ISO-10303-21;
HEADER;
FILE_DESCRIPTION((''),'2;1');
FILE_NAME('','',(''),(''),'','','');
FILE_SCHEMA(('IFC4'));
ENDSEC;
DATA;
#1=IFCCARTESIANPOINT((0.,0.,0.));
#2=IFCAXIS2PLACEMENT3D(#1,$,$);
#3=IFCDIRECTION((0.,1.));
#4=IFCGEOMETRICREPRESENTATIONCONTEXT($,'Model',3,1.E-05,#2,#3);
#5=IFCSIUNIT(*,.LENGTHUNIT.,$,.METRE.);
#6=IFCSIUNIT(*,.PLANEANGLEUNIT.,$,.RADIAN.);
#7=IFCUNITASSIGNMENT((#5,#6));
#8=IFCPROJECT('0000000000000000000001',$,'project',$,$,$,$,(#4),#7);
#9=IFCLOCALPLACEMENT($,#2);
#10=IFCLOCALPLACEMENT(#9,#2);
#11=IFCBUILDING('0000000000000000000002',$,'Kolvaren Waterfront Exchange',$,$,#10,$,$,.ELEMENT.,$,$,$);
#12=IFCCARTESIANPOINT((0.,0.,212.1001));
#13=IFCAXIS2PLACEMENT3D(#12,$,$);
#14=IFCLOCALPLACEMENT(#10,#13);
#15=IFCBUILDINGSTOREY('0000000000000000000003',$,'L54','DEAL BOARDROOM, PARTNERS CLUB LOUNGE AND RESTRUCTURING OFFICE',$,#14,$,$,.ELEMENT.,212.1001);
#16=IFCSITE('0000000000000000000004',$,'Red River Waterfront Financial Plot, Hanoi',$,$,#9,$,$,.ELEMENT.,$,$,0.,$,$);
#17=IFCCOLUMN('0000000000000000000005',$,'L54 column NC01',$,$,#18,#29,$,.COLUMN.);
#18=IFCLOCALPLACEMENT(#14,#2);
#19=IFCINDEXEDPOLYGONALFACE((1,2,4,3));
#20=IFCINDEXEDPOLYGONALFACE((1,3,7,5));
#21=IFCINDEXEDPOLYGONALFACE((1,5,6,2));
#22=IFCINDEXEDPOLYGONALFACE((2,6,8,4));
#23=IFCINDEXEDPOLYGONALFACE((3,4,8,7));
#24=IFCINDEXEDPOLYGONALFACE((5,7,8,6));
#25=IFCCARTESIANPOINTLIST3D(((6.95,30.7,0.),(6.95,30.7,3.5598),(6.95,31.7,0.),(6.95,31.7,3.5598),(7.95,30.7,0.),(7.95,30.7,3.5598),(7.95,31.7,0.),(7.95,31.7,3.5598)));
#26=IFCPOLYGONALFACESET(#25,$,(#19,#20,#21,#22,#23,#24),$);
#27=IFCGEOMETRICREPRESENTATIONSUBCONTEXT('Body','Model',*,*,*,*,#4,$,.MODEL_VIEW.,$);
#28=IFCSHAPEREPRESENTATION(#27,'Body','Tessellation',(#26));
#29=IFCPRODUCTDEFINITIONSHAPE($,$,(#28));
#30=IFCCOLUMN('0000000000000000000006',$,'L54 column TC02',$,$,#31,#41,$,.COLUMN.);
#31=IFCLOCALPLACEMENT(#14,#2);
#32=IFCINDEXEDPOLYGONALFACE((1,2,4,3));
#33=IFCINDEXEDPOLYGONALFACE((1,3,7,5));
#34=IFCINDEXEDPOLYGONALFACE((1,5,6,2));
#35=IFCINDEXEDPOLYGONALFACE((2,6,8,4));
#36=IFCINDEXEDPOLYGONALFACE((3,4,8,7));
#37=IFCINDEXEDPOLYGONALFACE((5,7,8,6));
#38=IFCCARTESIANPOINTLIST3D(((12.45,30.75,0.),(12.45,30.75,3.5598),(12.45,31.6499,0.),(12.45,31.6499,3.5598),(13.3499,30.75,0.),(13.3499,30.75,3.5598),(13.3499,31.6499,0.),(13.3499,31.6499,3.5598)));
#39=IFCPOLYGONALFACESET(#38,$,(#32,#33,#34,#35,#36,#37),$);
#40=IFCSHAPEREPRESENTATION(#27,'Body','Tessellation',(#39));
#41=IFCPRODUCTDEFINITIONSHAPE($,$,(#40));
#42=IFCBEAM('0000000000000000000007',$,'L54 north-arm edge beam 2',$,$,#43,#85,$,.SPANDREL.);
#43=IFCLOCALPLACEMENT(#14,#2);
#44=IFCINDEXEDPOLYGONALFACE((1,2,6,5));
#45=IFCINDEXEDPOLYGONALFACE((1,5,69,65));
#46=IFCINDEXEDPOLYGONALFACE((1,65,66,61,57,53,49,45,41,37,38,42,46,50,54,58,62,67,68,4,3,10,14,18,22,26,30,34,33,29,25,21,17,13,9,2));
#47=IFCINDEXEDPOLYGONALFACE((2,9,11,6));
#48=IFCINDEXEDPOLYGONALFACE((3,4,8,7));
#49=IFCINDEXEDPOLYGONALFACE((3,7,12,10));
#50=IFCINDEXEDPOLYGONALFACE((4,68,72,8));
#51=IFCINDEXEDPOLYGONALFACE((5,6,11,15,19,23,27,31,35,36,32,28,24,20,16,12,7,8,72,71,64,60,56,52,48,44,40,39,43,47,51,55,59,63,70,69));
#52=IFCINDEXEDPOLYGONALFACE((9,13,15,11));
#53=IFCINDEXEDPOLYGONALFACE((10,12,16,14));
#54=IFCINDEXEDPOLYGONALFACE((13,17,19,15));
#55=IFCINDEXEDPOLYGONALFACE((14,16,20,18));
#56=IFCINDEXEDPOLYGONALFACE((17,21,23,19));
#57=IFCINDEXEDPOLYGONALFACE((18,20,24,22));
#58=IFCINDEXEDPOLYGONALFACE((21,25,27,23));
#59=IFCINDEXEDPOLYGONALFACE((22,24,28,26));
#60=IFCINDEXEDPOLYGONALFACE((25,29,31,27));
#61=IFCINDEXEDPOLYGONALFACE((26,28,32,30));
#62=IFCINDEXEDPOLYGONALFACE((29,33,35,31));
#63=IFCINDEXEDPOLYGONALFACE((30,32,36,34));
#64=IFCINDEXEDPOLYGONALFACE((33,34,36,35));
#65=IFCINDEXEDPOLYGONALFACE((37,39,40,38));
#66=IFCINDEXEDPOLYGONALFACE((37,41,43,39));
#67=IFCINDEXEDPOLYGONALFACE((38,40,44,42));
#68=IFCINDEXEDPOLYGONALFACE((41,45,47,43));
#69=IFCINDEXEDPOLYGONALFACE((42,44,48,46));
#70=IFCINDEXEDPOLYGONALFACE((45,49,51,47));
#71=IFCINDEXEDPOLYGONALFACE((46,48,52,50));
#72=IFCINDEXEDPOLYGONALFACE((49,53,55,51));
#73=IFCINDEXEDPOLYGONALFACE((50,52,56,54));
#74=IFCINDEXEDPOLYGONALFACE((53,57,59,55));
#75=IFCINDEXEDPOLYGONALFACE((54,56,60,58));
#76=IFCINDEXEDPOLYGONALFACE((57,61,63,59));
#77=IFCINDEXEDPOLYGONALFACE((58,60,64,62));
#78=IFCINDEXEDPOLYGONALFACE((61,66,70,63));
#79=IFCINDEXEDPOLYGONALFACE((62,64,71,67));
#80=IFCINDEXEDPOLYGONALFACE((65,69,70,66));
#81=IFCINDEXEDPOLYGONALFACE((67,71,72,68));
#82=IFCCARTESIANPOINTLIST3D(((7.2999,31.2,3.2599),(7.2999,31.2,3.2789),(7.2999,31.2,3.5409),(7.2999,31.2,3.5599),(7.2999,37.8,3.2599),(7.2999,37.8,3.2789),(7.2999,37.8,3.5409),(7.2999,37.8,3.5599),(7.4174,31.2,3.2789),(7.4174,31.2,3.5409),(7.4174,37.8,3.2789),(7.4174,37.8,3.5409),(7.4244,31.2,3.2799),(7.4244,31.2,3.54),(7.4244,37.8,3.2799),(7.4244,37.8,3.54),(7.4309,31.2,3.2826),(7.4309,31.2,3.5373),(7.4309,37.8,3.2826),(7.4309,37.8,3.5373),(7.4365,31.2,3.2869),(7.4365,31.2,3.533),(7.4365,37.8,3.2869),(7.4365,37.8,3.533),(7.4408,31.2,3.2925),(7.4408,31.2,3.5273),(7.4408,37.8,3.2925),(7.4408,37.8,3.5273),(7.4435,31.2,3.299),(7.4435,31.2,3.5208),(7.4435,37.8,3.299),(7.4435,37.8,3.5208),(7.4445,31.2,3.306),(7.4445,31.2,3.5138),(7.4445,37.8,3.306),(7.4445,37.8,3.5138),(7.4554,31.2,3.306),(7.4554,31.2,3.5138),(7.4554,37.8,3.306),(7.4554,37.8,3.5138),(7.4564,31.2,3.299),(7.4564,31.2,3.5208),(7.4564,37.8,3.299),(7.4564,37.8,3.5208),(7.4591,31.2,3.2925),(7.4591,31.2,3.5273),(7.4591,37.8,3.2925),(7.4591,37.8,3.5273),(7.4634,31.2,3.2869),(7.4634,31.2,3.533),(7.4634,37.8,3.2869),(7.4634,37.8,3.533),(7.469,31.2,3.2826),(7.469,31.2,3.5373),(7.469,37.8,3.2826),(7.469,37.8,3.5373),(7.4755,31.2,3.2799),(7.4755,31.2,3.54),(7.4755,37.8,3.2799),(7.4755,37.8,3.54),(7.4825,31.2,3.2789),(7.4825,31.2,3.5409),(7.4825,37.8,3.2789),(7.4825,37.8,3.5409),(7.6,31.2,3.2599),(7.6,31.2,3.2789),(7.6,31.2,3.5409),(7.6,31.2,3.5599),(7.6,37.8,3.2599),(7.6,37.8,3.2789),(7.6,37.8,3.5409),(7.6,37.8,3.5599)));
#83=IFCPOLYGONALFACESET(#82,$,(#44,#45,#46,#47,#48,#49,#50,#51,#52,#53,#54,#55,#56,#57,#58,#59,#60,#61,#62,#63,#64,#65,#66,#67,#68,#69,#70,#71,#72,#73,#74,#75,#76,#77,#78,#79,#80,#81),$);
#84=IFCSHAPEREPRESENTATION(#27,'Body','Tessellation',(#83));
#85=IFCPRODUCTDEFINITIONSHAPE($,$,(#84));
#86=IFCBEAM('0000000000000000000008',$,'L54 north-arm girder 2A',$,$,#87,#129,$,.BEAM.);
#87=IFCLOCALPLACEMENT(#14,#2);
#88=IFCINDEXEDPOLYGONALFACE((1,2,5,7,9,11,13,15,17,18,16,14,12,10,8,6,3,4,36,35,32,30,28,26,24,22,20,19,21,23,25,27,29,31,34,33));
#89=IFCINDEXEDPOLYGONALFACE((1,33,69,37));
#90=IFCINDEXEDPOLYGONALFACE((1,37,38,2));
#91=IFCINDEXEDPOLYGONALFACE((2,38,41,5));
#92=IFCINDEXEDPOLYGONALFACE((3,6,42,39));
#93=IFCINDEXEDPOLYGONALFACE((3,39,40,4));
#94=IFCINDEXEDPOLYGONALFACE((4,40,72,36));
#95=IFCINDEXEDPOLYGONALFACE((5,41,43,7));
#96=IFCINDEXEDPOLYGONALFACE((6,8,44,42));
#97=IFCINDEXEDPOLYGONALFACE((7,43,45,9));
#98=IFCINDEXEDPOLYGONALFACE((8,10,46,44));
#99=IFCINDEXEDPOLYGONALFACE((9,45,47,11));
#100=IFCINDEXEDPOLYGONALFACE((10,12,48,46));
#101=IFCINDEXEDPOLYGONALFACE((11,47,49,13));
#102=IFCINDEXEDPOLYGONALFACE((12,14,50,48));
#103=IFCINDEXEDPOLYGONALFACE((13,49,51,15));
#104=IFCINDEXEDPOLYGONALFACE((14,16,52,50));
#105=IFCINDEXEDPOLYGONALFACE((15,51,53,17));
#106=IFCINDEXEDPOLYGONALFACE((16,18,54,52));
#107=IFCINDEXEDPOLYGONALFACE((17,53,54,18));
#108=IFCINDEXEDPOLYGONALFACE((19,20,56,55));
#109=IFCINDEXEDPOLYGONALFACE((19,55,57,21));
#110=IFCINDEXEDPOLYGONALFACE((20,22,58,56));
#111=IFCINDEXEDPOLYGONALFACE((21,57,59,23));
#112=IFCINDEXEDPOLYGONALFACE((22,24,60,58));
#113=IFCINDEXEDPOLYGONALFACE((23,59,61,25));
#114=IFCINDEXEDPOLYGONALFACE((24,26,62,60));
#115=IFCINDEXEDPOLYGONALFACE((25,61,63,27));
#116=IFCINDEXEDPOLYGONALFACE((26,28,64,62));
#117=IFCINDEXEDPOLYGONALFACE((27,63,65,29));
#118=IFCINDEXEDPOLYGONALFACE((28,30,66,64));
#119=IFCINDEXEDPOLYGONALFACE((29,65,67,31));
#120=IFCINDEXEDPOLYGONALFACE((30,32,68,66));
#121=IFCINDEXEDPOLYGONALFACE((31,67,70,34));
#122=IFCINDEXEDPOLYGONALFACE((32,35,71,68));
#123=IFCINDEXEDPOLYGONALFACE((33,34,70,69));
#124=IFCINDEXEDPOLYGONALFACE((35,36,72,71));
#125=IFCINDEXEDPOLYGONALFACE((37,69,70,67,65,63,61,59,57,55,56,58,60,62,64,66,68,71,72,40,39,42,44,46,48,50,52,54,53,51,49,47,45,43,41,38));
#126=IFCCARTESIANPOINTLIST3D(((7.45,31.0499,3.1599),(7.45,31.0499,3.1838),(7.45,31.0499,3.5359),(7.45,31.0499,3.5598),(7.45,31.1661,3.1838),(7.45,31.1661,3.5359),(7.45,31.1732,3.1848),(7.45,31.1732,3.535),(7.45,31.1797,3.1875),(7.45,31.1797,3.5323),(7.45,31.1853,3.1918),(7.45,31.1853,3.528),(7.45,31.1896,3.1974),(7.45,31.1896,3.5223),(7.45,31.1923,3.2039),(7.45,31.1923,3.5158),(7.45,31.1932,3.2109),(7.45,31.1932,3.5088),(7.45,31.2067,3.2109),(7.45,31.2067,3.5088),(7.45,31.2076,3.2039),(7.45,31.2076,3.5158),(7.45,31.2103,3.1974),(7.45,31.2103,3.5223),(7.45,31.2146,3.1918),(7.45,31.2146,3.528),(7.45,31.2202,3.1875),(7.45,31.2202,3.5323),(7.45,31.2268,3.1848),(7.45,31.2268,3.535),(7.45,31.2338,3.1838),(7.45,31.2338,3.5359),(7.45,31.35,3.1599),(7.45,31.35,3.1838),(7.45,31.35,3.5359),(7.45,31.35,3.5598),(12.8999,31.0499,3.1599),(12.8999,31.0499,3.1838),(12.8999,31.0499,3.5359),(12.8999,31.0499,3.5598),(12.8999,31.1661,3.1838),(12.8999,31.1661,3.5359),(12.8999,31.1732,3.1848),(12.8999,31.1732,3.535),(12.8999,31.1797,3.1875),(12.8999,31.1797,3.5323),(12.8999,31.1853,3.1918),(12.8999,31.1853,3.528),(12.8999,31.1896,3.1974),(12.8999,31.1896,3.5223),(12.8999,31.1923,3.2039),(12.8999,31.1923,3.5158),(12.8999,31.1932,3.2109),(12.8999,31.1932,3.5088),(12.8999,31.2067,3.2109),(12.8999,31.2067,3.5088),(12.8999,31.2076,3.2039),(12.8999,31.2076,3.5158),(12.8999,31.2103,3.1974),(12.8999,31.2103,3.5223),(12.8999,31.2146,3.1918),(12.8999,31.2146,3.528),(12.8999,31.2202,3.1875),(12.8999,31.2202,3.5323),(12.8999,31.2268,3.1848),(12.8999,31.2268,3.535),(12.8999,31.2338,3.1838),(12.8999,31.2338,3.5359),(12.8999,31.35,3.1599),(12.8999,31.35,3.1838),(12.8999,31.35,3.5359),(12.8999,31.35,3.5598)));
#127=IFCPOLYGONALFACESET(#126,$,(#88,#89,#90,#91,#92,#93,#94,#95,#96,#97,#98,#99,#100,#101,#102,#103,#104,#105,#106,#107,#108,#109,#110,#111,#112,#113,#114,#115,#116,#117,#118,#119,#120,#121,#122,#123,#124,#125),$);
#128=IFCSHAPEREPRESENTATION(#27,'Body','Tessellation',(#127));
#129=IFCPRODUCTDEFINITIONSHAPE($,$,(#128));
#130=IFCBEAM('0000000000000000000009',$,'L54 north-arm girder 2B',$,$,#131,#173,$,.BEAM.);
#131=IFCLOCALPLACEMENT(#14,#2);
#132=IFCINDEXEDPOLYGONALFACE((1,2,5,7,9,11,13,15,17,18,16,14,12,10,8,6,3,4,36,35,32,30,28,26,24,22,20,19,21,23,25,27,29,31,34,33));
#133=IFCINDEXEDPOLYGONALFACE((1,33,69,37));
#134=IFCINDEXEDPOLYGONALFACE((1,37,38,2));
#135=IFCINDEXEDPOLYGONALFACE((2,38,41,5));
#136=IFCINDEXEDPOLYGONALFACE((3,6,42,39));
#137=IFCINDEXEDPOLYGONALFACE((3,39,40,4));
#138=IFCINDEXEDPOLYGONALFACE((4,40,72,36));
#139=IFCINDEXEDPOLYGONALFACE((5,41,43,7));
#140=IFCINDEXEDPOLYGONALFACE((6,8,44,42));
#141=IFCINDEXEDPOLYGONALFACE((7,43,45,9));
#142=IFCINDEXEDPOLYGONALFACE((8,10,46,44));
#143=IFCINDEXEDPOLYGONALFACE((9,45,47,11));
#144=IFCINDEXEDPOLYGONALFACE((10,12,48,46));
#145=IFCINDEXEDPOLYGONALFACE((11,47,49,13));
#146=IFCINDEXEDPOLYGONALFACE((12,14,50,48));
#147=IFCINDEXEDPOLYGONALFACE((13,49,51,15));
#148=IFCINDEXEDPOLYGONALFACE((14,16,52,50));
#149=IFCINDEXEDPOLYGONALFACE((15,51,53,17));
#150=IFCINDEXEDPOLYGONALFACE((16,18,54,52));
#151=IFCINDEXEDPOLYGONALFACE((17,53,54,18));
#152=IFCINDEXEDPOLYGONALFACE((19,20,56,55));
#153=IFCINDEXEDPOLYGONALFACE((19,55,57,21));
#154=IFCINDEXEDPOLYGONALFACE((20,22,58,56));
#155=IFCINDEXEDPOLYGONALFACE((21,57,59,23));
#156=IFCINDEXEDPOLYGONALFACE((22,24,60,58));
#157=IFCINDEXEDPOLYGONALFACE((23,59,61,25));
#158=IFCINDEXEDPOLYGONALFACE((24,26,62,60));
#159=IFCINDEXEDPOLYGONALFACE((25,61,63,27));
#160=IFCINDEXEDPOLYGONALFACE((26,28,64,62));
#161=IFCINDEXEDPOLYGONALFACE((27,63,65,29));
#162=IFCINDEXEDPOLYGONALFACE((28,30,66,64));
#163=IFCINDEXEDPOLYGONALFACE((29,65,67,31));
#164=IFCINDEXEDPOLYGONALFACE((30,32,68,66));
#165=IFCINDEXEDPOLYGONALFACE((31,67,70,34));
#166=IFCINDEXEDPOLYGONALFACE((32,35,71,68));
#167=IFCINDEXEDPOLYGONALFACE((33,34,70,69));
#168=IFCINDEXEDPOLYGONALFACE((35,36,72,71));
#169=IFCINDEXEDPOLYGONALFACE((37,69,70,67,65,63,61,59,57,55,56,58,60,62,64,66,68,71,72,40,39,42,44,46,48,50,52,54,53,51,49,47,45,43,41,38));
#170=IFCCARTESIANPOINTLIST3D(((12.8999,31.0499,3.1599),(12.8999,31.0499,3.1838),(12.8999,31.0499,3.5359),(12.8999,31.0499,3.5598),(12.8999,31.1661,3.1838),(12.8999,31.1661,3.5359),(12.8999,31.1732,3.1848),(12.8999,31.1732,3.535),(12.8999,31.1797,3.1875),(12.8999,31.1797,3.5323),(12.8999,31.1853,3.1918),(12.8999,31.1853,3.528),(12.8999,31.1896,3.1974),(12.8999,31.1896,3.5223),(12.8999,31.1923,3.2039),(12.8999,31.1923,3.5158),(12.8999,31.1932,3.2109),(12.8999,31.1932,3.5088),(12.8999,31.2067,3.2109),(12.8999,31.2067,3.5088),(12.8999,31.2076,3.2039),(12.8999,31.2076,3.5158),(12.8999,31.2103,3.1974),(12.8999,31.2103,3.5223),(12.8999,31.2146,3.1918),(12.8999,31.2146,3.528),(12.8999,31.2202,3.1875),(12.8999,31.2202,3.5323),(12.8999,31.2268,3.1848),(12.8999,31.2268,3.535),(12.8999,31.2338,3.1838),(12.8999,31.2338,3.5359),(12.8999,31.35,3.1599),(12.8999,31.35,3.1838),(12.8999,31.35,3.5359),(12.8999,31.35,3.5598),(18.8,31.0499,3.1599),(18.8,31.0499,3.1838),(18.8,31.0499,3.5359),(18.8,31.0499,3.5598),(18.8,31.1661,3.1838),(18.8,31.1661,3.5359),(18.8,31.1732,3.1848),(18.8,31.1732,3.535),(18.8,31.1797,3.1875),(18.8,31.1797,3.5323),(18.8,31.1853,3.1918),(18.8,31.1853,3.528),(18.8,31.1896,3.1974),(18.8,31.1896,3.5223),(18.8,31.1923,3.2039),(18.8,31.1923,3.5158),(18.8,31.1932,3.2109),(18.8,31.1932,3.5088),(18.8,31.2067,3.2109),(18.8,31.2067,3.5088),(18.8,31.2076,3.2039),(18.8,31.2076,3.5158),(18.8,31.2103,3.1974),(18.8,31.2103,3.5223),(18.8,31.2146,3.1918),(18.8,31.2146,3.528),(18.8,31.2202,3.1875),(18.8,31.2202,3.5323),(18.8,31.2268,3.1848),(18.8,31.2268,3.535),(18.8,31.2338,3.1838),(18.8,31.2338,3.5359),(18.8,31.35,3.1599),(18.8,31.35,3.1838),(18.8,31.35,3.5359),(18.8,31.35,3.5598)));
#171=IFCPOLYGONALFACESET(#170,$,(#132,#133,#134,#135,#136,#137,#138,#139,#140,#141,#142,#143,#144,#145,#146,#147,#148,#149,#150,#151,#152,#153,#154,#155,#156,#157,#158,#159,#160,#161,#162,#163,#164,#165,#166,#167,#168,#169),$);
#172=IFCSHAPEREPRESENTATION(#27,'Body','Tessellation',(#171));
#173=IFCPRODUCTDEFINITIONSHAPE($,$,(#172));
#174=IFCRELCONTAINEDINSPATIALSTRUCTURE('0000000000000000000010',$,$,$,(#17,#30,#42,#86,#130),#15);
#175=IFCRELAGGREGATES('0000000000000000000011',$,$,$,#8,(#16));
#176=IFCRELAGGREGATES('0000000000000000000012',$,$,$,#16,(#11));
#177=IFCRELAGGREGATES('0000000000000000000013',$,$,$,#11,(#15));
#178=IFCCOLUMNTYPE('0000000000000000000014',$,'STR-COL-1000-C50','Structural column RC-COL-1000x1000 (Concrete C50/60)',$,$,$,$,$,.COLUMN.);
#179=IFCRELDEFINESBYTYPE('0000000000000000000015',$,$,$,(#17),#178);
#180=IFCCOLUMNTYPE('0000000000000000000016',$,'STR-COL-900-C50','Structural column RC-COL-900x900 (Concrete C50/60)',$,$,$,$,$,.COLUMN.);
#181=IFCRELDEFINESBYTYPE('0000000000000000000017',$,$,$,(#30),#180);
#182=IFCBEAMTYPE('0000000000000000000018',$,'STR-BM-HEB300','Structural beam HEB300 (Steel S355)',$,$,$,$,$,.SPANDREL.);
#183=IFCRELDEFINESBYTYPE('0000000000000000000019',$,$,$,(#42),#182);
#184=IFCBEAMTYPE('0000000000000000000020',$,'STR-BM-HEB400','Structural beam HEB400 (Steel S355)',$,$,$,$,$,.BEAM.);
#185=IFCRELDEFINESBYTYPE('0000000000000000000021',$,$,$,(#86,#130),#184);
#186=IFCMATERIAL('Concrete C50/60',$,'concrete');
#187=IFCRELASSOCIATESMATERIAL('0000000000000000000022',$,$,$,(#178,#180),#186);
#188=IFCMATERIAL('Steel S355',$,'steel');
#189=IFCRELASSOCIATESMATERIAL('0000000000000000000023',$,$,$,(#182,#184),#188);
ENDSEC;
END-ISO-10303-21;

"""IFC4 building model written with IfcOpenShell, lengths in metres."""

from ifc_helpers import new_model, si_unit, direction, frame, origin, origin_2d, place, context, subcontext, project, spatial, rectangle, i_section, extrude, material, material_profile, profile_set, type_object, element, save


model = new_model("IFC4")

# Units and contexts
model_context = context("Model", 3, precision=1e-05, world=origin(), true_north=direction((0.0, 1.0)))
body_context = subcontext(model_context, "Body", "Model", "MODEL_VIEW")
ifc_project = project(units=[si_unit("LENGTHUNIT", "METRE"), si_unit("PLANEANGLEUNIT", "RADIAN")], contexts=[model_context])

# Site, building, storey
site_placement = place(None, origin())
site = spatial("IfcSite", under=ifc_project, at=site_placement, Name="Red River Waterfront Financial Plot, Hanoi", CompositionType="ELEMENT", RefElevation=0.0)
building_placement = place(site_placement, origin())
building = spatial("IfcBuilding", under=site, at=building_placement, Name="Kolvaren Waterfront Exchange", CompositionType="ELEMENT")
storey_placement = place(building_placement, frame((0.0, 0.0, 212.1001)))
storey = spatial("IfcBuildingStorey", under=building, at=storey_placement, Name="L54", Description="DEAL BOARDROOM, PARTNERS CLUB LOUNGE AND RESTRUCTURING OFFICE", CompositionType="ELEMENT", Elevation=212.1001)

# Columns
ifc_material_1 = material(Name="Concrete C50/60", Category="concrete")
ifc_material_profile_1 = material_profile(ifc_material_1, rectangle(XDim=1.0, YDim=1.0, at=origin_2d()), Name="RC-COL-1000x1000")
ifc_profile_set_1 = profile_set([ifc_material_profile_1], Name="Concrete C50/60")
column_type_1 = type_object("IfcColumnType", Name="STR-COL-1000-C50", Description="Structural column RC-COL-1000x1000 (Concrete C50/60)", PredefinedType="COLUMN", material=ifc_profile_set_1)
column_1_placement = place(storey_placement, frame((7.45, 31.2, 0.0), z_axis=(0.0, 0.0, 1.0), x_axis=(1.0, 0.0, 0.0)))
element("IfcColumn", 1, at=column_1_placement, inside=storey, type_object=column_type_1, Name="L54 column NC01", PredefinedType="COLUMN", context=body_context, shape_type="SweptSolid", body=[
    extrude(rectangle(XDim=1.0, YDim=1.0, at=origin_2d()), origin(), (0.0, 0.0, 1.0), 3.5598),
])
ifc_material_profile_2 = material_profile(ifc_material_1, rectangle(XDim=0.8999, YDim=0.8999, at=origin_2d()), Name="RC-COL-900x900")
ifc_profile_set_2 = profile_set([ifc_material_profile_2], Name="Concrete C50/60")
column_type_2 = type_object("IfcColumnType", Name="STR-COL-900-C50", Description="Structural column RC-COL-900x900 (Concrete C50/60)", PredefinedType="COLUMN", material=ifc_profile_set_2)
column_2_placement = place(storey_placement, frame((12.8999, 31.2, 0.0), z_axis=(0.0, 0.0, 1.0), x_axis=(1.0, 0.0, 0.0)))
element("IfcColumn", 2, at=column_2_placement, inside=storey, type_object=column_type_2, Name="L54 column TC02", PredefinedType="COLUMN", context=body_context, shape_type="SweptSolid", body=[
    extrude(rectangle(XDim=0.8999, YDim=0.8999, at=origin_2d()), origin(), (0.0, 0.0, 1.0), 3.5598),
])

# Beams
ifc_material_2 = material(Name="Steel S355", Category="steel")
ifc_material_profile_3 = material_profile(ifc_material_2, i_section(OverallWidth=0.3, OverallDepth=0.3, WebThickness=0.011, FlangeThickness=0.019, FilletRadius=0.0271, at=origin_2d()), Name="HEB300")
ifc_profile_set_3 = profile_set([ifc_material_profile_3], Name="Steel S355")
beam_type_1 = type_object("IfcBeamType", Name="STR-BM-HEB300", Description="Structural beam HEB300 (Steel S355)", PredefinedType="SPANDREL", material=ifc_profile_set_3)
beam_1_placement = place(storey_placement, frame((7.45, 31.2, 3.4099), z_axis=(0.0, 1.0, 0.0), x_axis=(-1.0, 0.0, 0.0)))
element("IfcBeam", 3, at=beam_1_placement, inside=storey, type_object=beam_type_1, Name="L54 north-arm edge beam 2", PredefinedType="SPANDREL", context=body_context, shape_type="SweptSolid", body=[
    extrude(i_section(OverallWidth=0.3, OverallDepth=0.3, WebThickness=0.011, FlangeThickness=0.019, FilletRadius=0.0271, at=origin_2d()), origin(), (0.0, 0.0, 1.0), 6.6001),
])
ifc_material_profile_4 = material_profile(ifc_material_2, i_section(OverallWidth=0.3, OverallDepth=0.3999, WebThickness=0.0134, FlangeThickness=0.0239, FilletRadius=0.0271, at=origin_2d()), Name="HEB400")
ifc_profile_set_4 = profile_set([ifc_material_profile_4], Name="Steel S355")
beam_type_2 = type_object("IfcBeamType", Name="STR-BM-HEB400", Description="Structural beam HEB400 (Steel S355)", PredefinedType="BEAM", material=ifc_profile_set_4)
beam_2_placement = place(storey_placement, frame((7.45, 31.2, 3.3599), z_axis=(1.0, 0.0, 0.0), x_axis=(0.0, 1.0, 0.0)))
element("IfcBeam", 4, at=beam_2_placement, inside=storey, type_object=beam_type_2, Name="L54 north-arm girder 2A", PredefinedType="BEAM", context=body_context, shape_type="SweptSolid", body=[
    extrude(i_section(OverallWidth=0.3, OverallDepth=0.3999, WebThickness=0.0134, FlangeThickness=0.0239, FilletRadius=0.0271, at=origin_2d()), origin(), (0.0, 0.0, 1.0), 5.45),
])
beam_3_placement = place(storey_placement, frame((12.8999, 31.2, 3.3599), z_axis=(1.0, 0.0, 0.0), x_axis=(0.0, 1.0, 0.0)))
element("IfcBeam", 5, at=beam_3_placement, inside=storey, type_object=beam_type_2, Name="L54 north-arm girder 2B", PredefinedType="BEAM", context=body_context, shape_type="SweptSolid", body=[
    extrude(i_section(OverallWidth=0.3, OverallDepth=0.3999, WebThickness=0.0134, FlangeThickness=0.0239, FilletRadius=0.0271, at=origin_2d()), origin(), (0.0, 0.0, 1.0), 5.9001),
])

save(model, "model.ifc")
